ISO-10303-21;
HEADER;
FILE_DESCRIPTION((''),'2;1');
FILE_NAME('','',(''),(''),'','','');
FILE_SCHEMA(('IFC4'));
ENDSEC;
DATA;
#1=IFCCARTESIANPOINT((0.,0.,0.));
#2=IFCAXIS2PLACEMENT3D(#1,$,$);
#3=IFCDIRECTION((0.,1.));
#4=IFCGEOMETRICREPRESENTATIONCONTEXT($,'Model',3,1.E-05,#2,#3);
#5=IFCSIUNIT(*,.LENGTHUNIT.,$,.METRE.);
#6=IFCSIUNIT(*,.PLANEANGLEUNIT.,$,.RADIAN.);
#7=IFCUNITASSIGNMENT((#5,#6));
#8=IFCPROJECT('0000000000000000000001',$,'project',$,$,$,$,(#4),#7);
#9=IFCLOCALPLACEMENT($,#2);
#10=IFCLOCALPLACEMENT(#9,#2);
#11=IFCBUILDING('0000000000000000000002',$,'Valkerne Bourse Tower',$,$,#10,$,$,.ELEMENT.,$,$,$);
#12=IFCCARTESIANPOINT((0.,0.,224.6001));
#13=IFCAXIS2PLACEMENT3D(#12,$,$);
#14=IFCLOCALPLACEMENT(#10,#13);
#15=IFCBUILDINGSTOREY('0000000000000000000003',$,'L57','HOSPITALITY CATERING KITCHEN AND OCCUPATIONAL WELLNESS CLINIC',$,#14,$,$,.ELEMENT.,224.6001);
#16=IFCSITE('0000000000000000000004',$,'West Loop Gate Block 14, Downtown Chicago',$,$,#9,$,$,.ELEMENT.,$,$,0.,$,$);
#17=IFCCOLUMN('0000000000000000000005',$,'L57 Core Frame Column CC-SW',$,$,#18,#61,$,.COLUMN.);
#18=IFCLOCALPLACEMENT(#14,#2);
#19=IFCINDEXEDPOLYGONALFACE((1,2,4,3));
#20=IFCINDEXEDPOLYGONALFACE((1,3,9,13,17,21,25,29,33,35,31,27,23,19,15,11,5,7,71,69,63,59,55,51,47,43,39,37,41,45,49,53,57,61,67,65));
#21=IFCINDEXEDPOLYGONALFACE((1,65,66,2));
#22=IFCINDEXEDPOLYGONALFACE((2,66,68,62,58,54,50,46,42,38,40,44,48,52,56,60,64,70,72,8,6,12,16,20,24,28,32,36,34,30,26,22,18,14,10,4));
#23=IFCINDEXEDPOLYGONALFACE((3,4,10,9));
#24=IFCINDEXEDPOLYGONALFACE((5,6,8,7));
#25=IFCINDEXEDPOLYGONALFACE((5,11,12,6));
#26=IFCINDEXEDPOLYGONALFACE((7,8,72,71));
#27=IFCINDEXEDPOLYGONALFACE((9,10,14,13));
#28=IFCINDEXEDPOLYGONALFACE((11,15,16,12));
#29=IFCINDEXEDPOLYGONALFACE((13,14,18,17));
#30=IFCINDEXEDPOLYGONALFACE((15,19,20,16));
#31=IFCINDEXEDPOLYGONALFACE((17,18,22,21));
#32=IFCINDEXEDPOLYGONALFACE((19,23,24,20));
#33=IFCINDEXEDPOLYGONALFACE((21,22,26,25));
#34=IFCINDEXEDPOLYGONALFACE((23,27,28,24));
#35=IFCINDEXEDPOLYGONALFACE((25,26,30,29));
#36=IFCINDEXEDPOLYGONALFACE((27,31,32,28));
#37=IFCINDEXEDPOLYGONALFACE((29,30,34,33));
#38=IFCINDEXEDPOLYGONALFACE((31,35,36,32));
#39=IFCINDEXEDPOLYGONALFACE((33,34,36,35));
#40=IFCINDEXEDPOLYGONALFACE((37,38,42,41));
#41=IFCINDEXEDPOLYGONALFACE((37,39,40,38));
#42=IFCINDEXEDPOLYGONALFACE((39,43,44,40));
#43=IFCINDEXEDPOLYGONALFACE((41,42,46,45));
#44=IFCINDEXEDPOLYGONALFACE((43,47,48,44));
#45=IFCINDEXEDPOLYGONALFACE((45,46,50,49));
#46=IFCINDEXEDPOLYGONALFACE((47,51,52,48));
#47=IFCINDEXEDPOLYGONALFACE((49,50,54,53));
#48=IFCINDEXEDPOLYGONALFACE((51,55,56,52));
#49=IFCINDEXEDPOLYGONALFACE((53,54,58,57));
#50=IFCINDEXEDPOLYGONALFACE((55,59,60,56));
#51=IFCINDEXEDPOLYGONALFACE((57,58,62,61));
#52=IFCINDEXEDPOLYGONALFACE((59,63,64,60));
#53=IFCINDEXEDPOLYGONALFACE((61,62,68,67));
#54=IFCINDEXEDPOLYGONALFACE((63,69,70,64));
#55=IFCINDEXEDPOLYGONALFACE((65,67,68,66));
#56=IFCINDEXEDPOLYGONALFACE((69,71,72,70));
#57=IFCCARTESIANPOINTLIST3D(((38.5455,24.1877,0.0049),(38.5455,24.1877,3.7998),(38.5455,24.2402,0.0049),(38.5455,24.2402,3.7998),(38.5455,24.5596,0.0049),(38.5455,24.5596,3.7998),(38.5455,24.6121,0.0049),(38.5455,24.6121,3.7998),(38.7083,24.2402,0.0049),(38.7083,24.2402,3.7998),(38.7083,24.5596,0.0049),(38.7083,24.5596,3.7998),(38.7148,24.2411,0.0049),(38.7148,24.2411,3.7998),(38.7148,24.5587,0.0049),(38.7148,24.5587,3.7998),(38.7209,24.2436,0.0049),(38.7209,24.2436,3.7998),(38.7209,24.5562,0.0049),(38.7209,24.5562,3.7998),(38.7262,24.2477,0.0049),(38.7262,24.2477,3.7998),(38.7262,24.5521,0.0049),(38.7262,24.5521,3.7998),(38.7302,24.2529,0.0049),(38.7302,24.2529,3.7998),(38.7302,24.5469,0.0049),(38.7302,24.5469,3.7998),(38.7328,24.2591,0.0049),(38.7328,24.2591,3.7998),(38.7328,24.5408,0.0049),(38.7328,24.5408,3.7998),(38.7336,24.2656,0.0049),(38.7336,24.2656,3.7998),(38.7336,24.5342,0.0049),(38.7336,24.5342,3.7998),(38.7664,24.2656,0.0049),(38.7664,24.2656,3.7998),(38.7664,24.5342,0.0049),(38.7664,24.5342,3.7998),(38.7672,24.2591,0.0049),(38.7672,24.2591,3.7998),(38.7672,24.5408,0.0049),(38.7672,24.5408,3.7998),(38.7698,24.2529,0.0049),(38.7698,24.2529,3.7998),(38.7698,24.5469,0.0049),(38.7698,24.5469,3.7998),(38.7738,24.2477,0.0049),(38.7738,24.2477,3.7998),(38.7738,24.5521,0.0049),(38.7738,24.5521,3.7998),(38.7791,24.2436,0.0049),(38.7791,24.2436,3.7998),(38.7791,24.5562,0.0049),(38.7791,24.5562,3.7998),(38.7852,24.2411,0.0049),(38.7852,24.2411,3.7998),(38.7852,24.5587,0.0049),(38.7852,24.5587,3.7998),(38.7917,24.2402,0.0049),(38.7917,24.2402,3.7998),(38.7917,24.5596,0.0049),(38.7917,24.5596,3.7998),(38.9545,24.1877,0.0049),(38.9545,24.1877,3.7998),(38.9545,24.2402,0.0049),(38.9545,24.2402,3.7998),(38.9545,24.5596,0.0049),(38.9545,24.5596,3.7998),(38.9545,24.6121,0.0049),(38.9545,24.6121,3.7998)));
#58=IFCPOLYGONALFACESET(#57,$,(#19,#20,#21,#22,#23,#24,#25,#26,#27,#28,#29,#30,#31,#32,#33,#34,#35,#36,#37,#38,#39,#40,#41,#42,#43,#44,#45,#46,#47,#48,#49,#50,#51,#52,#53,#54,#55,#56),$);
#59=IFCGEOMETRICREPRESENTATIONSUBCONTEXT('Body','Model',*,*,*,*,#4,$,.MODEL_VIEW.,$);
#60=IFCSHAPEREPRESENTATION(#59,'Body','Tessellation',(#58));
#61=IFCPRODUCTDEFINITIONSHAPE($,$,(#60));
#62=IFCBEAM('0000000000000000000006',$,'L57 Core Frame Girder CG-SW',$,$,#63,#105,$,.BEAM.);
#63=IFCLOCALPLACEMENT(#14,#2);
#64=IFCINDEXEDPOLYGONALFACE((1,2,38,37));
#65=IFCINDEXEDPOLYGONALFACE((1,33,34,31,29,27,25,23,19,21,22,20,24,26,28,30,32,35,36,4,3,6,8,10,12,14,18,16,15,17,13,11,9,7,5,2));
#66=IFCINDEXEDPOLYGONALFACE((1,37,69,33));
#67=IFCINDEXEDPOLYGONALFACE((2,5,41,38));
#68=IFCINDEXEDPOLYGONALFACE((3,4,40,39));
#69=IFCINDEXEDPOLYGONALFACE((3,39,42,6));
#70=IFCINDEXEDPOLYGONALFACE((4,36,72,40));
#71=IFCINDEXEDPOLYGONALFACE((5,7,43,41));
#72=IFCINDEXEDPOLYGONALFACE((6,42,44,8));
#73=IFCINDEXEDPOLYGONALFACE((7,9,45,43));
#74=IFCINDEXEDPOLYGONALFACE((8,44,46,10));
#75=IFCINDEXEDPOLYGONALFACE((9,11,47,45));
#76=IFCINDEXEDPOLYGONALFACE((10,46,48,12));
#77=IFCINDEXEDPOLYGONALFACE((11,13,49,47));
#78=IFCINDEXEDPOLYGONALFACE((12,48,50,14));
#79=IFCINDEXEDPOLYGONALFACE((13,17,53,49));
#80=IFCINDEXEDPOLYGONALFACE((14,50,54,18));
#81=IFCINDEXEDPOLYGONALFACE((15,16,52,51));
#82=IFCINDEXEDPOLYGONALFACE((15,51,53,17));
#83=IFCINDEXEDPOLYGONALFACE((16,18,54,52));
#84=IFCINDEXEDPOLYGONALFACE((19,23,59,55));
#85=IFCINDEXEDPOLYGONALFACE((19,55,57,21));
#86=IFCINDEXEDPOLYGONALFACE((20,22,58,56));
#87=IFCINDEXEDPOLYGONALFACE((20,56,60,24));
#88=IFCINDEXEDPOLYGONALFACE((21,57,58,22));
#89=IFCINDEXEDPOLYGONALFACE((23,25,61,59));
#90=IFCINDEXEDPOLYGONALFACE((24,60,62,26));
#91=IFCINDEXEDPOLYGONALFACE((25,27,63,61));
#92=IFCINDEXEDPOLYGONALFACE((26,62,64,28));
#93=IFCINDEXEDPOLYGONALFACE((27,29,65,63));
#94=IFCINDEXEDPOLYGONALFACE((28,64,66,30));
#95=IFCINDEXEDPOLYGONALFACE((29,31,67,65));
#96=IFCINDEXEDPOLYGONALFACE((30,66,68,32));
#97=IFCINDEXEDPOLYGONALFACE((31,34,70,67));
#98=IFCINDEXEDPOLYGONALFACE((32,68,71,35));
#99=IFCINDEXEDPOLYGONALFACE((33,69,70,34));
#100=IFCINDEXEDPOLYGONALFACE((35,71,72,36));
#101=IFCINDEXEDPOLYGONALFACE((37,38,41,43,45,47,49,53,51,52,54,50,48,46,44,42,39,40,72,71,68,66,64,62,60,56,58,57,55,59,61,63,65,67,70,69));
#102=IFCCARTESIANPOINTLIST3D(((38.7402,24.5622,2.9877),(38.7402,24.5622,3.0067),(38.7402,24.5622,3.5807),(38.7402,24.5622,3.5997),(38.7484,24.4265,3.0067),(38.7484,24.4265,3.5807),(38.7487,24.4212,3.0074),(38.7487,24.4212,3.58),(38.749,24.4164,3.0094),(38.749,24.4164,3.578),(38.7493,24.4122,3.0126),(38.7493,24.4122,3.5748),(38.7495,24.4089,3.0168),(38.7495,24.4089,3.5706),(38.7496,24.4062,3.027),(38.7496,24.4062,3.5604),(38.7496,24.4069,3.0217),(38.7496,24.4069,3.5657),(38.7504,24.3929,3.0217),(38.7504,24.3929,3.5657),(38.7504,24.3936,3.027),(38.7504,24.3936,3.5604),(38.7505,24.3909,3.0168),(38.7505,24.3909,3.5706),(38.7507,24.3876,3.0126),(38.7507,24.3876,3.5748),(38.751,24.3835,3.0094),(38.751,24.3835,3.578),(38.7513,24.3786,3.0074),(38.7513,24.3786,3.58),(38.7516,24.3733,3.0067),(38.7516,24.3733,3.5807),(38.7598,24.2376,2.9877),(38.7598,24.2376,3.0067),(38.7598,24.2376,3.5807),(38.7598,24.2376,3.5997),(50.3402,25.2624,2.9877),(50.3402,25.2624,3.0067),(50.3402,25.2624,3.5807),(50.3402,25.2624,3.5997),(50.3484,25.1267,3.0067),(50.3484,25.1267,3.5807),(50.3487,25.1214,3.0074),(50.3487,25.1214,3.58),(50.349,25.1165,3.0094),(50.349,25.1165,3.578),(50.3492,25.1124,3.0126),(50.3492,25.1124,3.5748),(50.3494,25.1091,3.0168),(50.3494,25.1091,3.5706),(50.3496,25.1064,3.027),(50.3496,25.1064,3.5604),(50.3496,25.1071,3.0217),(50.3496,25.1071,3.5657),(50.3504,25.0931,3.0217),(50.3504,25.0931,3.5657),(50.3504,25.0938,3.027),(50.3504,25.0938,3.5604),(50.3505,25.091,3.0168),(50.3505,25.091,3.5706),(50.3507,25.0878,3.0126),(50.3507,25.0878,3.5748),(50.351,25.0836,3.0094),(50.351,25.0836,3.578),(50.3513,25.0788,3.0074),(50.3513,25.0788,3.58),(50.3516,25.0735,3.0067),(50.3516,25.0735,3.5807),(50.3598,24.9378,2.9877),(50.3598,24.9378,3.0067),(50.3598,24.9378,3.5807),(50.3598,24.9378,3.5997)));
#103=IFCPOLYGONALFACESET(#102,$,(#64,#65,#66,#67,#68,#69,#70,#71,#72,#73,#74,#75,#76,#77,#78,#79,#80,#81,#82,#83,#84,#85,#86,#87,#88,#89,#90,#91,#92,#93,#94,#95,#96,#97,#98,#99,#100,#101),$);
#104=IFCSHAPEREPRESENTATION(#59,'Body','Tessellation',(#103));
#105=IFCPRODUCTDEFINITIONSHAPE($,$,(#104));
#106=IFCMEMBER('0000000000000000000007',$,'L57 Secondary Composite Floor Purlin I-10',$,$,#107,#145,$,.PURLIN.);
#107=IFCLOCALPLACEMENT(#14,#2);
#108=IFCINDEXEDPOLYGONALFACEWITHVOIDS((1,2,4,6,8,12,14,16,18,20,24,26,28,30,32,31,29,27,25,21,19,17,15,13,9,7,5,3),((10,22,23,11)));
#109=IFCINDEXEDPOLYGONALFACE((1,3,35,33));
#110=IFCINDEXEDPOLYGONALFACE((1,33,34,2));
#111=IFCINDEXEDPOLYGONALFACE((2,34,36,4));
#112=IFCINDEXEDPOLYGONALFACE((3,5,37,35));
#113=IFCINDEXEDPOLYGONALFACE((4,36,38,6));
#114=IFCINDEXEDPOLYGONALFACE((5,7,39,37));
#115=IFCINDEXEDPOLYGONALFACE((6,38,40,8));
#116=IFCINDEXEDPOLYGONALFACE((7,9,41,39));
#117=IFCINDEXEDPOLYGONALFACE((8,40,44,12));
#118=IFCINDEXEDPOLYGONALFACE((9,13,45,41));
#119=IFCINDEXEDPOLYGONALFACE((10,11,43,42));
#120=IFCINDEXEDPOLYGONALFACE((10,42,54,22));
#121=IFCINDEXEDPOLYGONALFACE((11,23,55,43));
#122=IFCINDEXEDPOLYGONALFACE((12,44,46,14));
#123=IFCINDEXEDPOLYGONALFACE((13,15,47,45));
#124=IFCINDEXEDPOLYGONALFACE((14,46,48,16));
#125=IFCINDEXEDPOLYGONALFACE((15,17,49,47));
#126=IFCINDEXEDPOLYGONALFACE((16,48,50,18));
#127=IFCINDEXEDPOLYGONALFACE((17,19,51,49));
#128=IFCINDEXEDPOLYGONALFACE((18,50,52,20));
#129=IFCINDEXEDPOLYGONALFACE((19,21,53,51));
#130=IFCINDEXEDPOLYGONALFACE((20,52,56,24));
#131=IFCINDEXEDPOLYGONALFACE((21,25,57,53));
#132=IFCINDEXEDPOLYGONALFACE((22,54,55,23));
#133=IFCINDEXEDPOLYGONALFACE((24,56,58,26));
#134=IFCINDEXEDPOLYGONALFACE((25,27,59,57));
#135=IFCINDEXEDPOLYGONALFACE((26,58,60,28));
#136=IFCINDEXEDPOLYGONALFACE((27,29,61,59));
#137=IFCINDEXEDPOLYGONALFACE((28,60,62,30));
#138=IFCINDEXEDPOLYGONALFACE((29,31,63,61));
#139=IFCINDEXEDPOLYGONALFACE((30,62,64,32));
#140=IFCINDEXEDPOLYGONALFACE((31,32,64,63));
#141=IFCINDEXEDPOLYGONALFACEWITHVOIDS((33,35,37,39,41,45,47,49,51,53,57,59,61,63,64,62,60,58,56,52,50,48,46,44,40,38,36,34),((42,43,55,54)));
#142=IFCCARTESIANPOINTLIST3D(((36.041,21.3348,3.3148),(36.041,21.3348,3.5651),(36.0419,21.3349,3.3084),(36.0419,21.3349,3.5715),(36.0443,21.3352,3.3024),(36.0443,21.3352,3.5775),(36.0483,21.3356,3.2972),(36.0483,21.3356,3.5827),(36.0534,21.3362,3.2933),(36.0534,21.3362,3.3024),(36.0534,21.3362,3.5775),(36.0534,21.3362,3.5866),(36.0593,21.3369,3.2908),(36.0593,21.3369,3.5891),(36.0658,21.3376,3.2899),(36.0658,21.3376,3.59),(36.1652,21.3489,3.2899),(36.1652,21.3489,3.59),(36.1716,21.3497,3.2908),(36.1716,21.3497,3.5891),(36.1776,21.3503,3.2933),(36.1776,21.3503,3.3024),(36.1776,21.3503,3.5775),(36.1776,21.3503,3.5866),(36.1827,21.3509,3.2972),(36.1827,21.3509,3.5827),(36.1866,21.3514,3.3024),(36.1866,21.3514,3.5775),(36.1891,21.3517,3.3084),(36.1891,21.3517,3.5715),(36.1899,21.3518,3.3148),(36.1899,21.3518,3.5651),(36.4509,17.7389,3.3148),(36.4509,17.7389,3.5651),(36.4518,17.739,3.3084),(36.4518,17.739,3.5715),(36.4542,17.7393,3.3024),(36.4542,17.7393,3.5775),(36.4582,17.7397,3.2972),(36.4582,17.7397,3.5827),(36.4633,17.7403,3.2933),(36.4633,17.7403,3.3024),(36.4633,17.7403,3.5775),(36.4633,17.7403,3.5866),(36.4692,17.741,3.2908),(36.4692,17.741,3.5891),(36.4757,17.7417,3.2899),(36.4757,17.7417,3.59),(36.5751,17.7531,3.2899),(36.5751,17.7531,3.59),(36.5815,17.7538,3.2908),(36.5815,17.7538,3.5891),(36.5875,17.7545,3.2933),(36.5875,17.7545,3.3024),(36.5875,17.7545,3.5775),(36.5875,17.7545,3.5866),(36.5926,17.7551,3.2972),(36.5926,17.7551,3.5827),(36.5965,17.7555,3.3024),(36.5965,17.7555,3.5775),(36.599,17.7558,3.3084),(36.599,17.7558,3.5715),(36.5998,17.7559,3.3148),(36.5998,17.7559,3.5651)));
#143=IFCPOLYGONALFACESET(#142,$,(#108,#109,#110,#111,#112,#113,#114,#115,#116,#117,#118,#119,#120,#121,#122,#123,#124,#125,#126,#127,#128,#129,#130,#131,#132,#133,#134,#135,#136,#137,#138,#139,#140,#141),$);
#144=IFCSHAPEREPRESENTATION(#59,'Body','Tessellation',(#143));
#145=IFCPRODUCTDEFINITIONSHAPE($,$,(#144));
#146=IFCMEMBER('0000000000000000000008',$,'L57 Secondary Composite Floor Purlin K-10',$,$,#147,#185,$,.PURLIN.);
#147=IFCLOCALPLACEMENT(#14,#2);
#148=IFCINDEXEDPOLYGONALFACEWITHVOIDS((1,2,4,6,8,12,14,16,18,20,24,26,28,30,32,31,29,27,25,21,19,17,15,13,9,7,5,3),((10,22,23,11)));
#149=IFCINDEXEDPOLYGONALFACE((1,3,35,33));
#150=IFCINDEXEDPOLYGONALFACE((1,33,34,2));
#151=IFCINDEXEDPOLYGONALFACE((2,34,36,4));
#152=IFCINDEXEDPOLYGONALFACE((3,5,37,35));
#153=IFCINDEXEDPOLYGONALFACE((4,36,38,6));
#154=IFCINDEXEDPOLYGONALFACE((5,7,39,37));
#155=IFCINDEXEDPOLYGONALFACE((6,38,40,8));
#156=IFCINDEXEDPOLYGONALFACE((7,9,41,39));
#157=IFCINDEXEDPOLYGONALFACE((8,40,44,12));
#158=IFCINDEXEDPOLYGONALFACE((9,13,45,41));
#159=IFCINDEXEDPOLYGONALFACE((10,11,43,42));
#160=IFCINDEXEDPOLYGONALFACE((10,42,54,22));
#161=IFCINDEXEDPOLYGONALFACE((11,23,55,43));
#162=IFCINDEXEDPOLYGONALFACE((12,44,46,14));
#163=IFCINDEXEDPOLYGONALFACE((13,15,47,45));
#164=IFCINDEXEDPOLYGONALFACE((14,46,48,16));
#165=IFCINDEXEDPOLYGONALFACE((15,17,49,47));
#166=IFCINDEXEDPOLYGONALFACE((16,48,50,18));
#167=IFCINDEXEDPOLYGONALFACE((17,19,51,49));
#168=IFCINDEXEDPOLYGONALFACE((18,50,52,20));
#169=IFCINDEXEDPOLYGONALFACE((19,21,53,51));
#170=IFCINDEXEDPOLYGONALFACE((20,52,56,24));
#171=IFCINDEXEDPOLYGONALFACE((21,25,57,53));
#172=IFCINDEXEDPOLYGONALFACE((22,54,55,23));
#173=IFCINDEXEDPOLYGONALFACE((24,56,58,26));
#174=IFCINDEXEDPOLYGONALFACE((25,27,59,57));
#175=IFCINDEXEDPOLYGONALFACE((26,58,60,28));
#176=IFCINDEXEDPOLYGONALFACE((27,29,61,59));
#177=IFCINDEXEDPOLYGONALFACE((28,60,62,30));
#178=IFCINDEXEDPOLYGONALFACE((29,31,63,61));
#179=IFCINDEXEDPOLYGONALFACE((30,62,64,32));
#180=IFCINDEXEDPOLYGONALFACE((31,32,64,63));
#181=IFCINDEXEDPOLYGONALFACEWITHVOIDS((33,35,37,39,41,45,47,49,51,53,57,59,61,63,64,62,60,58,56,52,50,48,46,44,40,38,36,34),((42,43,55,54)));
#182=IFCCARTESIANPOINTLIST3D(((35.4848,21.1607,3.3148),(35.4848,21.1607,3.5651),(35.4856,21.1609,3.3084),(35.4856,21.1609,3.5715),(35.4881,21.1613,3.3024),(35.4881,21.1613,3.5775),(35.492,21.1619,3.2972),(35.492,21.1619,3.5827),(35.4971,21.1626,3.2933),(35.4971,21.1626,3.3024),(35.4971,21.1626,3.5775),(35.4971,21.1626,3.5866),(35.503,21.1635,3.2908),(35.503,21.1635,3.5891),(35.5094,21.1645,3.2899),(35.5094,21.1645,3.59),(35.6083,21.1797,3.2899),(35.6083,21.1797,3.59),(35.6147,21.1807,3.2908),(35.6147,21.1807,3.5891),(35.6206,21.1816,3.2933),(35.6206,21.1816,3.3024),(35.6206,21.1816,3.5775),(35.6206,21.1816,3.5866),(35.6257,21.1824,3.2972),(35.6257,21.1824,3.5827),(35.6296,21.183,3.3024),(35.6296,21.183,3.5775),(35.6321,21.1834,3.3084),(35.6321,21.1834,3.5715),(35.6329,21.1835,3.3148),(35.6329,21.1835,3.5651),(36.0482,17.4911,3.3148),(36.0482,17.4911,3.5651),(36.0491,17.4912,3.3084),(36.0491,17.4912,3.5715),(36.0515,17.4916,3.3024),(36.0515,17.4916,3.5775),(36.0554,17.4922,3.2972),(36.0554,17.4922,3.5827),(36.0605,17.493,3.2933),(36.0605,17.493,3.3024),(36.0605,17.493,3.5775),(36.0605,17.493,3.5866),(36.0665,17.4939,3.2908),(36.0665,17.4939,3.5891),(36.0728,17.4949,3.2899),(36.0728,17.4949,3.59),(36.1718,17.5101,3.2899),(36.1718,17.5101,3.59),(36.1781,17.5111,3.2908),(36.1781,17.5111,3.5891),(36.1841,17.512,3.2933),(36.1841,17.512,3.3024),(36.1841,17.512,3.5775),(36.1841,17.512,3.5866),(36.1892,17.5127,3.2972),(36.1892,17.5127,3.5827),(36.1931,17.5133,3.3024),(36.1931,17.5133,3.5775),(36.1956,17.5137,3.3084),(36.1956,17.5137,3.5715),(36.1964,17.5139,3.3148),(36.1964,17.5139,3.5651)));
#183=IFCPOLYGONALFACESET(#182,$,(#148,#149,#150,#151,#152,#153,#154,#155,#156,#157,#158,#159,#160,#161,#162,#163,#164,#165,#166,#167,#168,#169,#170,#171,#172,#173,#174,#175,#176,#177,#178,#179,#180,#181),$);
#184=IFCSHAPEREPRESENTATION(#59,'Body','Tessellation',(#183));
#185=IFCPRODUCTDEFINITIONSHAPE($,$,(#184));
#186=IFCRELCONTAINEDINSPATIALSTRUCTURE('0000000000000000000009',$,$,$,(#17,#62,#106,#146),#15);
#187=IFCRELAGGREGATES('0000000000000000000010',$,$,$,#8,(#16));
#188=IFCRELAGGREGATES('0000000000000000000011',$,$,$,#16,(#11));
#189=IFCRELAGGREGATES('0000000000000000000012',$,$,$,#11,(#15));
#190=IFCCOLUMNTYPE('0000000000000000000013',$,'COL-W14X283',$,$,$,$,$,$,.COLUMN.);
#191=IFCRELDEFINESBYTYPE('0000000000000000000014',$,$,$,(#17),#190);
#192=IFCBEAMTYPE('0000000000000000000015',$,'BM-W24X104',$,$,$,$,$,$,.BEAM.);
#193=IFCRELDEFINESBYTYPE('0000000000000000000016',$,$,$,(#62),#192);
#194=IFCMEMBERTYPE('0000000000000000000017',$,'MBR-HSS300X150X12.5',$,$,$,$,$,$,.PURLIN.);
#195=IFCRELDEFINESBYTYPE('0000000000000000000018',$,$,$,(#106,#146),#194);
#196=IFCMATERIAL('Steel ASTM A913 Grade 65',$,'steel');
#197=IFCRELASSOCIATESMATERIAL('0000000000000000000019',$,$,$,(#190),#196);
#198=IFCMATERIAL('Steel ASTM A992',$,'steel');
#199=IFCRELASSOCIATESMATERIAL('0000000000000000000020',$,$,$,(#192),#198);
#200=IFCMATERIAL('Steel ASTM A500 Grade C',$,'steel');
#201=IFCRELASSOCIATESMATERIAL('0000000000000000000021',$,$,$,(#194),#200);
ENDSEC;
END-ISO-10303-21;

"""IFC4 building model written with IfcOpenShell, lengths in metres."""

from ifc_helpers import new_model, si_unit, direction, frame, origin, origin_2d, place, context, subcontext, project, spatial, hollow_rectangle, i_section, extrude, material, material_profile, profile_set, type_object, element, save


model = new_model("IFC4")

# Units and contexts
model_context = context("Model", 3, precision=1e-05, world=origin(), true_north=direction((0.0, 1.0)))
body_context = subcontext(model_context, "Body", "Model", "MODEL_VIEW")
ifc_project = project(units=[si_unit("LENGTHUNIT", "METRE"), si_unit("PLANEANGLEUNIT", "RADIAN")], contexts=[model_context])

# Site, building, storey
site_placement = place(None, origin())
site = spatial("IfcSite", under=ifc_project, at=site_placement, Name="West Loop Gate Block 14, Downtown Chicago", CompositionType="ELEMENT", RefElevation=0.0)
building_placement = place(site_placement, origin())
building = spatial("IfcBuilding", under=site, at=building_placement, Name="Valkerne Bourse Tower", CompositionType="ELEMENT")
storey_placement = place(building_placement, frame((0.0, 0.0, 224.6001)))
storey = spatial("IfcBuildingStorey", under=building, at=storey_placement, Name="L57", Description="HOSPITALITY CATERING KITCHEN AND OCCUPATIONAL WELLNESS CLINIC", CompositionType="ELEMENT", Elevation=224.6001)

# Column
ifc_material_1 = material(Name="Steel ASTM A913 Grade 65", Category="steel")
ifc_material_profile_1 = material_profile(ifc_material_1, i_section(OverallWidth=0.4089, OverallDepth=0.4243, WebThickness=0.0327, FlangeThickness=0.0525, FilletRadius=0.0254, at=origin_2d()), Name="W14X283")
ifc_profile_set_1 = profile_set([ifc_material_profile_1], Name="Steel ASTM A913 Grade 65")
column_type = type_object("IfcColumnType", Name="COL-W14X283", PredefinedType="COLUMN", material=ifc_profile_set_1)
column_placement = place(storey_placement, frame((38.75, 24.3999, 0.0049), z_axis=(0.0, 0.0, 1.0), x_axis=(1.0, 0.0, 0.0)))
element("IfcColumn", 1, at=column_placement, inside=storey, type_object=column_type, Name="L57 Core Frame Column CC-SW", PredefinedType="COLUMN", context=body_context, shape_type="SweptSolid", body=[
    extrude(i_section(OverallWidth=0.4089, OverallDepth=0.4243, WebThickness=0.0327, FlangeThickness=0.0525, FilletRadius=0.0254, at=origin_2d()), origin(), (0.0, 0.0, 1.0), 3.7949),
])

# Beam
ifc_material_2 = material(Name="Steel ASTM A992", Category="steel")
ifc_material_profile_2 = material_profile(ifc_material_2, i_section(OverallWidth=0.3252, OverallDepth=0.6121, WebThickness=0.0127, FlangeThickness=0.019, FilletRadius=0.0203, at=origin_2d()), Name="W24X104")
ifc_profile_set_2 = profile_set([ifc_material_profile_2], Name="Steel ASTM A992")
beam_type = type_object("IfcBeamType", Name="BM-W24X104", PredefinedType="BEAM", material=ifc_profile_set_2)
beam_placement = place(storey_placement, frame((38.75, 24.3999, 3.2937), z_axis=(0.998183, 0.060251, 0.0), x_axis=(-0.060251, 0.998183, 0.0)))
element("IfcBeam", 2, at=beam_placement, inside=storey, type_object=beam_type, Name="L57 Core Frame Girder CG-SW", PredefinedType="BEAM", context=body_context, shape_type="SweptSolid", body=[
    extrude(i_section(OverallWidth=0.3252, OverallDepth=0.6121, WebThickness=0.0127, FlangeThickness=0.019, FilletRadius=0.0203, at=origin_2d()), origin(), (0.0, 0.0, 1.0), 11.6211),
])

# Members
ifc_material_3 = material(Name="Steel ASTM A500 Grade C", Category="steel")
ifc_material_profile_3 = material_profile(ifc_material_3, hollow_rectangle(XDim=0.1499, YDim=0.3, WallThickness=0.0125, OuterFilletRadius=0.0249, at=origin_2d()), Name="HSS300X150X12.5")
ifc_profile_set_3 = profile_set([ifc_material_profile_3], Name="Steel ASTM A500 Grade C")
member_type = type_object("IfcMemberType", Name="MBR-HSS300X150X12.5", PredefinedType="PURLIN", material=ifc_profile_set_3)
member_1_placement = place(storey_placement, frame((36.1155, 21.3433, 3.4399), z_axis=(0.113259, -0.993565, 0.0), x_axis=(0.993565, 0.113259, 0.0)))
element("IfcMember", 3, at=member_1_placement, inside=storey, type_object=member_type, Name="L57 Secondary Composite Floor Purlin I-10", PredefinedType="PURLIN", context=body_context, shape_type="SweptSolid", body=[
    extrude(hollow_rectangle(XDim=0.1499, YDim=0.3, WallThickness=0.0125, OuterFilletRadius=0.0249, at=origin_2d()), origin(), (0.0, 0.0, 1.0), 3.6191),
])
member_2_placement = place(storey_placement, frame((35.5588, 21.1721, 3.4399), z_axis=(0.151771, -0.988416, 0.0), x_axis=(0.988416, 0.151771, 0.0)))
element("IfcMember", 4, at=member_2_placement, inside=storey, type_object=member_type, Name="L57 Secondary Composite Floor Purlin K-10", PredefinedType="PURLIN", context=body_context, shape_type="SweptSolid", body=[
    extrude(hollow_rectangle(XDim=0.1499, YDim=0.3, WallThickness=0.0125, OuterFilletRadius=0.0249, at=origin_2d()), origin(), (0.0, 0.0, 1.0), 3.7126),
])

save(model, "model.ifc")
